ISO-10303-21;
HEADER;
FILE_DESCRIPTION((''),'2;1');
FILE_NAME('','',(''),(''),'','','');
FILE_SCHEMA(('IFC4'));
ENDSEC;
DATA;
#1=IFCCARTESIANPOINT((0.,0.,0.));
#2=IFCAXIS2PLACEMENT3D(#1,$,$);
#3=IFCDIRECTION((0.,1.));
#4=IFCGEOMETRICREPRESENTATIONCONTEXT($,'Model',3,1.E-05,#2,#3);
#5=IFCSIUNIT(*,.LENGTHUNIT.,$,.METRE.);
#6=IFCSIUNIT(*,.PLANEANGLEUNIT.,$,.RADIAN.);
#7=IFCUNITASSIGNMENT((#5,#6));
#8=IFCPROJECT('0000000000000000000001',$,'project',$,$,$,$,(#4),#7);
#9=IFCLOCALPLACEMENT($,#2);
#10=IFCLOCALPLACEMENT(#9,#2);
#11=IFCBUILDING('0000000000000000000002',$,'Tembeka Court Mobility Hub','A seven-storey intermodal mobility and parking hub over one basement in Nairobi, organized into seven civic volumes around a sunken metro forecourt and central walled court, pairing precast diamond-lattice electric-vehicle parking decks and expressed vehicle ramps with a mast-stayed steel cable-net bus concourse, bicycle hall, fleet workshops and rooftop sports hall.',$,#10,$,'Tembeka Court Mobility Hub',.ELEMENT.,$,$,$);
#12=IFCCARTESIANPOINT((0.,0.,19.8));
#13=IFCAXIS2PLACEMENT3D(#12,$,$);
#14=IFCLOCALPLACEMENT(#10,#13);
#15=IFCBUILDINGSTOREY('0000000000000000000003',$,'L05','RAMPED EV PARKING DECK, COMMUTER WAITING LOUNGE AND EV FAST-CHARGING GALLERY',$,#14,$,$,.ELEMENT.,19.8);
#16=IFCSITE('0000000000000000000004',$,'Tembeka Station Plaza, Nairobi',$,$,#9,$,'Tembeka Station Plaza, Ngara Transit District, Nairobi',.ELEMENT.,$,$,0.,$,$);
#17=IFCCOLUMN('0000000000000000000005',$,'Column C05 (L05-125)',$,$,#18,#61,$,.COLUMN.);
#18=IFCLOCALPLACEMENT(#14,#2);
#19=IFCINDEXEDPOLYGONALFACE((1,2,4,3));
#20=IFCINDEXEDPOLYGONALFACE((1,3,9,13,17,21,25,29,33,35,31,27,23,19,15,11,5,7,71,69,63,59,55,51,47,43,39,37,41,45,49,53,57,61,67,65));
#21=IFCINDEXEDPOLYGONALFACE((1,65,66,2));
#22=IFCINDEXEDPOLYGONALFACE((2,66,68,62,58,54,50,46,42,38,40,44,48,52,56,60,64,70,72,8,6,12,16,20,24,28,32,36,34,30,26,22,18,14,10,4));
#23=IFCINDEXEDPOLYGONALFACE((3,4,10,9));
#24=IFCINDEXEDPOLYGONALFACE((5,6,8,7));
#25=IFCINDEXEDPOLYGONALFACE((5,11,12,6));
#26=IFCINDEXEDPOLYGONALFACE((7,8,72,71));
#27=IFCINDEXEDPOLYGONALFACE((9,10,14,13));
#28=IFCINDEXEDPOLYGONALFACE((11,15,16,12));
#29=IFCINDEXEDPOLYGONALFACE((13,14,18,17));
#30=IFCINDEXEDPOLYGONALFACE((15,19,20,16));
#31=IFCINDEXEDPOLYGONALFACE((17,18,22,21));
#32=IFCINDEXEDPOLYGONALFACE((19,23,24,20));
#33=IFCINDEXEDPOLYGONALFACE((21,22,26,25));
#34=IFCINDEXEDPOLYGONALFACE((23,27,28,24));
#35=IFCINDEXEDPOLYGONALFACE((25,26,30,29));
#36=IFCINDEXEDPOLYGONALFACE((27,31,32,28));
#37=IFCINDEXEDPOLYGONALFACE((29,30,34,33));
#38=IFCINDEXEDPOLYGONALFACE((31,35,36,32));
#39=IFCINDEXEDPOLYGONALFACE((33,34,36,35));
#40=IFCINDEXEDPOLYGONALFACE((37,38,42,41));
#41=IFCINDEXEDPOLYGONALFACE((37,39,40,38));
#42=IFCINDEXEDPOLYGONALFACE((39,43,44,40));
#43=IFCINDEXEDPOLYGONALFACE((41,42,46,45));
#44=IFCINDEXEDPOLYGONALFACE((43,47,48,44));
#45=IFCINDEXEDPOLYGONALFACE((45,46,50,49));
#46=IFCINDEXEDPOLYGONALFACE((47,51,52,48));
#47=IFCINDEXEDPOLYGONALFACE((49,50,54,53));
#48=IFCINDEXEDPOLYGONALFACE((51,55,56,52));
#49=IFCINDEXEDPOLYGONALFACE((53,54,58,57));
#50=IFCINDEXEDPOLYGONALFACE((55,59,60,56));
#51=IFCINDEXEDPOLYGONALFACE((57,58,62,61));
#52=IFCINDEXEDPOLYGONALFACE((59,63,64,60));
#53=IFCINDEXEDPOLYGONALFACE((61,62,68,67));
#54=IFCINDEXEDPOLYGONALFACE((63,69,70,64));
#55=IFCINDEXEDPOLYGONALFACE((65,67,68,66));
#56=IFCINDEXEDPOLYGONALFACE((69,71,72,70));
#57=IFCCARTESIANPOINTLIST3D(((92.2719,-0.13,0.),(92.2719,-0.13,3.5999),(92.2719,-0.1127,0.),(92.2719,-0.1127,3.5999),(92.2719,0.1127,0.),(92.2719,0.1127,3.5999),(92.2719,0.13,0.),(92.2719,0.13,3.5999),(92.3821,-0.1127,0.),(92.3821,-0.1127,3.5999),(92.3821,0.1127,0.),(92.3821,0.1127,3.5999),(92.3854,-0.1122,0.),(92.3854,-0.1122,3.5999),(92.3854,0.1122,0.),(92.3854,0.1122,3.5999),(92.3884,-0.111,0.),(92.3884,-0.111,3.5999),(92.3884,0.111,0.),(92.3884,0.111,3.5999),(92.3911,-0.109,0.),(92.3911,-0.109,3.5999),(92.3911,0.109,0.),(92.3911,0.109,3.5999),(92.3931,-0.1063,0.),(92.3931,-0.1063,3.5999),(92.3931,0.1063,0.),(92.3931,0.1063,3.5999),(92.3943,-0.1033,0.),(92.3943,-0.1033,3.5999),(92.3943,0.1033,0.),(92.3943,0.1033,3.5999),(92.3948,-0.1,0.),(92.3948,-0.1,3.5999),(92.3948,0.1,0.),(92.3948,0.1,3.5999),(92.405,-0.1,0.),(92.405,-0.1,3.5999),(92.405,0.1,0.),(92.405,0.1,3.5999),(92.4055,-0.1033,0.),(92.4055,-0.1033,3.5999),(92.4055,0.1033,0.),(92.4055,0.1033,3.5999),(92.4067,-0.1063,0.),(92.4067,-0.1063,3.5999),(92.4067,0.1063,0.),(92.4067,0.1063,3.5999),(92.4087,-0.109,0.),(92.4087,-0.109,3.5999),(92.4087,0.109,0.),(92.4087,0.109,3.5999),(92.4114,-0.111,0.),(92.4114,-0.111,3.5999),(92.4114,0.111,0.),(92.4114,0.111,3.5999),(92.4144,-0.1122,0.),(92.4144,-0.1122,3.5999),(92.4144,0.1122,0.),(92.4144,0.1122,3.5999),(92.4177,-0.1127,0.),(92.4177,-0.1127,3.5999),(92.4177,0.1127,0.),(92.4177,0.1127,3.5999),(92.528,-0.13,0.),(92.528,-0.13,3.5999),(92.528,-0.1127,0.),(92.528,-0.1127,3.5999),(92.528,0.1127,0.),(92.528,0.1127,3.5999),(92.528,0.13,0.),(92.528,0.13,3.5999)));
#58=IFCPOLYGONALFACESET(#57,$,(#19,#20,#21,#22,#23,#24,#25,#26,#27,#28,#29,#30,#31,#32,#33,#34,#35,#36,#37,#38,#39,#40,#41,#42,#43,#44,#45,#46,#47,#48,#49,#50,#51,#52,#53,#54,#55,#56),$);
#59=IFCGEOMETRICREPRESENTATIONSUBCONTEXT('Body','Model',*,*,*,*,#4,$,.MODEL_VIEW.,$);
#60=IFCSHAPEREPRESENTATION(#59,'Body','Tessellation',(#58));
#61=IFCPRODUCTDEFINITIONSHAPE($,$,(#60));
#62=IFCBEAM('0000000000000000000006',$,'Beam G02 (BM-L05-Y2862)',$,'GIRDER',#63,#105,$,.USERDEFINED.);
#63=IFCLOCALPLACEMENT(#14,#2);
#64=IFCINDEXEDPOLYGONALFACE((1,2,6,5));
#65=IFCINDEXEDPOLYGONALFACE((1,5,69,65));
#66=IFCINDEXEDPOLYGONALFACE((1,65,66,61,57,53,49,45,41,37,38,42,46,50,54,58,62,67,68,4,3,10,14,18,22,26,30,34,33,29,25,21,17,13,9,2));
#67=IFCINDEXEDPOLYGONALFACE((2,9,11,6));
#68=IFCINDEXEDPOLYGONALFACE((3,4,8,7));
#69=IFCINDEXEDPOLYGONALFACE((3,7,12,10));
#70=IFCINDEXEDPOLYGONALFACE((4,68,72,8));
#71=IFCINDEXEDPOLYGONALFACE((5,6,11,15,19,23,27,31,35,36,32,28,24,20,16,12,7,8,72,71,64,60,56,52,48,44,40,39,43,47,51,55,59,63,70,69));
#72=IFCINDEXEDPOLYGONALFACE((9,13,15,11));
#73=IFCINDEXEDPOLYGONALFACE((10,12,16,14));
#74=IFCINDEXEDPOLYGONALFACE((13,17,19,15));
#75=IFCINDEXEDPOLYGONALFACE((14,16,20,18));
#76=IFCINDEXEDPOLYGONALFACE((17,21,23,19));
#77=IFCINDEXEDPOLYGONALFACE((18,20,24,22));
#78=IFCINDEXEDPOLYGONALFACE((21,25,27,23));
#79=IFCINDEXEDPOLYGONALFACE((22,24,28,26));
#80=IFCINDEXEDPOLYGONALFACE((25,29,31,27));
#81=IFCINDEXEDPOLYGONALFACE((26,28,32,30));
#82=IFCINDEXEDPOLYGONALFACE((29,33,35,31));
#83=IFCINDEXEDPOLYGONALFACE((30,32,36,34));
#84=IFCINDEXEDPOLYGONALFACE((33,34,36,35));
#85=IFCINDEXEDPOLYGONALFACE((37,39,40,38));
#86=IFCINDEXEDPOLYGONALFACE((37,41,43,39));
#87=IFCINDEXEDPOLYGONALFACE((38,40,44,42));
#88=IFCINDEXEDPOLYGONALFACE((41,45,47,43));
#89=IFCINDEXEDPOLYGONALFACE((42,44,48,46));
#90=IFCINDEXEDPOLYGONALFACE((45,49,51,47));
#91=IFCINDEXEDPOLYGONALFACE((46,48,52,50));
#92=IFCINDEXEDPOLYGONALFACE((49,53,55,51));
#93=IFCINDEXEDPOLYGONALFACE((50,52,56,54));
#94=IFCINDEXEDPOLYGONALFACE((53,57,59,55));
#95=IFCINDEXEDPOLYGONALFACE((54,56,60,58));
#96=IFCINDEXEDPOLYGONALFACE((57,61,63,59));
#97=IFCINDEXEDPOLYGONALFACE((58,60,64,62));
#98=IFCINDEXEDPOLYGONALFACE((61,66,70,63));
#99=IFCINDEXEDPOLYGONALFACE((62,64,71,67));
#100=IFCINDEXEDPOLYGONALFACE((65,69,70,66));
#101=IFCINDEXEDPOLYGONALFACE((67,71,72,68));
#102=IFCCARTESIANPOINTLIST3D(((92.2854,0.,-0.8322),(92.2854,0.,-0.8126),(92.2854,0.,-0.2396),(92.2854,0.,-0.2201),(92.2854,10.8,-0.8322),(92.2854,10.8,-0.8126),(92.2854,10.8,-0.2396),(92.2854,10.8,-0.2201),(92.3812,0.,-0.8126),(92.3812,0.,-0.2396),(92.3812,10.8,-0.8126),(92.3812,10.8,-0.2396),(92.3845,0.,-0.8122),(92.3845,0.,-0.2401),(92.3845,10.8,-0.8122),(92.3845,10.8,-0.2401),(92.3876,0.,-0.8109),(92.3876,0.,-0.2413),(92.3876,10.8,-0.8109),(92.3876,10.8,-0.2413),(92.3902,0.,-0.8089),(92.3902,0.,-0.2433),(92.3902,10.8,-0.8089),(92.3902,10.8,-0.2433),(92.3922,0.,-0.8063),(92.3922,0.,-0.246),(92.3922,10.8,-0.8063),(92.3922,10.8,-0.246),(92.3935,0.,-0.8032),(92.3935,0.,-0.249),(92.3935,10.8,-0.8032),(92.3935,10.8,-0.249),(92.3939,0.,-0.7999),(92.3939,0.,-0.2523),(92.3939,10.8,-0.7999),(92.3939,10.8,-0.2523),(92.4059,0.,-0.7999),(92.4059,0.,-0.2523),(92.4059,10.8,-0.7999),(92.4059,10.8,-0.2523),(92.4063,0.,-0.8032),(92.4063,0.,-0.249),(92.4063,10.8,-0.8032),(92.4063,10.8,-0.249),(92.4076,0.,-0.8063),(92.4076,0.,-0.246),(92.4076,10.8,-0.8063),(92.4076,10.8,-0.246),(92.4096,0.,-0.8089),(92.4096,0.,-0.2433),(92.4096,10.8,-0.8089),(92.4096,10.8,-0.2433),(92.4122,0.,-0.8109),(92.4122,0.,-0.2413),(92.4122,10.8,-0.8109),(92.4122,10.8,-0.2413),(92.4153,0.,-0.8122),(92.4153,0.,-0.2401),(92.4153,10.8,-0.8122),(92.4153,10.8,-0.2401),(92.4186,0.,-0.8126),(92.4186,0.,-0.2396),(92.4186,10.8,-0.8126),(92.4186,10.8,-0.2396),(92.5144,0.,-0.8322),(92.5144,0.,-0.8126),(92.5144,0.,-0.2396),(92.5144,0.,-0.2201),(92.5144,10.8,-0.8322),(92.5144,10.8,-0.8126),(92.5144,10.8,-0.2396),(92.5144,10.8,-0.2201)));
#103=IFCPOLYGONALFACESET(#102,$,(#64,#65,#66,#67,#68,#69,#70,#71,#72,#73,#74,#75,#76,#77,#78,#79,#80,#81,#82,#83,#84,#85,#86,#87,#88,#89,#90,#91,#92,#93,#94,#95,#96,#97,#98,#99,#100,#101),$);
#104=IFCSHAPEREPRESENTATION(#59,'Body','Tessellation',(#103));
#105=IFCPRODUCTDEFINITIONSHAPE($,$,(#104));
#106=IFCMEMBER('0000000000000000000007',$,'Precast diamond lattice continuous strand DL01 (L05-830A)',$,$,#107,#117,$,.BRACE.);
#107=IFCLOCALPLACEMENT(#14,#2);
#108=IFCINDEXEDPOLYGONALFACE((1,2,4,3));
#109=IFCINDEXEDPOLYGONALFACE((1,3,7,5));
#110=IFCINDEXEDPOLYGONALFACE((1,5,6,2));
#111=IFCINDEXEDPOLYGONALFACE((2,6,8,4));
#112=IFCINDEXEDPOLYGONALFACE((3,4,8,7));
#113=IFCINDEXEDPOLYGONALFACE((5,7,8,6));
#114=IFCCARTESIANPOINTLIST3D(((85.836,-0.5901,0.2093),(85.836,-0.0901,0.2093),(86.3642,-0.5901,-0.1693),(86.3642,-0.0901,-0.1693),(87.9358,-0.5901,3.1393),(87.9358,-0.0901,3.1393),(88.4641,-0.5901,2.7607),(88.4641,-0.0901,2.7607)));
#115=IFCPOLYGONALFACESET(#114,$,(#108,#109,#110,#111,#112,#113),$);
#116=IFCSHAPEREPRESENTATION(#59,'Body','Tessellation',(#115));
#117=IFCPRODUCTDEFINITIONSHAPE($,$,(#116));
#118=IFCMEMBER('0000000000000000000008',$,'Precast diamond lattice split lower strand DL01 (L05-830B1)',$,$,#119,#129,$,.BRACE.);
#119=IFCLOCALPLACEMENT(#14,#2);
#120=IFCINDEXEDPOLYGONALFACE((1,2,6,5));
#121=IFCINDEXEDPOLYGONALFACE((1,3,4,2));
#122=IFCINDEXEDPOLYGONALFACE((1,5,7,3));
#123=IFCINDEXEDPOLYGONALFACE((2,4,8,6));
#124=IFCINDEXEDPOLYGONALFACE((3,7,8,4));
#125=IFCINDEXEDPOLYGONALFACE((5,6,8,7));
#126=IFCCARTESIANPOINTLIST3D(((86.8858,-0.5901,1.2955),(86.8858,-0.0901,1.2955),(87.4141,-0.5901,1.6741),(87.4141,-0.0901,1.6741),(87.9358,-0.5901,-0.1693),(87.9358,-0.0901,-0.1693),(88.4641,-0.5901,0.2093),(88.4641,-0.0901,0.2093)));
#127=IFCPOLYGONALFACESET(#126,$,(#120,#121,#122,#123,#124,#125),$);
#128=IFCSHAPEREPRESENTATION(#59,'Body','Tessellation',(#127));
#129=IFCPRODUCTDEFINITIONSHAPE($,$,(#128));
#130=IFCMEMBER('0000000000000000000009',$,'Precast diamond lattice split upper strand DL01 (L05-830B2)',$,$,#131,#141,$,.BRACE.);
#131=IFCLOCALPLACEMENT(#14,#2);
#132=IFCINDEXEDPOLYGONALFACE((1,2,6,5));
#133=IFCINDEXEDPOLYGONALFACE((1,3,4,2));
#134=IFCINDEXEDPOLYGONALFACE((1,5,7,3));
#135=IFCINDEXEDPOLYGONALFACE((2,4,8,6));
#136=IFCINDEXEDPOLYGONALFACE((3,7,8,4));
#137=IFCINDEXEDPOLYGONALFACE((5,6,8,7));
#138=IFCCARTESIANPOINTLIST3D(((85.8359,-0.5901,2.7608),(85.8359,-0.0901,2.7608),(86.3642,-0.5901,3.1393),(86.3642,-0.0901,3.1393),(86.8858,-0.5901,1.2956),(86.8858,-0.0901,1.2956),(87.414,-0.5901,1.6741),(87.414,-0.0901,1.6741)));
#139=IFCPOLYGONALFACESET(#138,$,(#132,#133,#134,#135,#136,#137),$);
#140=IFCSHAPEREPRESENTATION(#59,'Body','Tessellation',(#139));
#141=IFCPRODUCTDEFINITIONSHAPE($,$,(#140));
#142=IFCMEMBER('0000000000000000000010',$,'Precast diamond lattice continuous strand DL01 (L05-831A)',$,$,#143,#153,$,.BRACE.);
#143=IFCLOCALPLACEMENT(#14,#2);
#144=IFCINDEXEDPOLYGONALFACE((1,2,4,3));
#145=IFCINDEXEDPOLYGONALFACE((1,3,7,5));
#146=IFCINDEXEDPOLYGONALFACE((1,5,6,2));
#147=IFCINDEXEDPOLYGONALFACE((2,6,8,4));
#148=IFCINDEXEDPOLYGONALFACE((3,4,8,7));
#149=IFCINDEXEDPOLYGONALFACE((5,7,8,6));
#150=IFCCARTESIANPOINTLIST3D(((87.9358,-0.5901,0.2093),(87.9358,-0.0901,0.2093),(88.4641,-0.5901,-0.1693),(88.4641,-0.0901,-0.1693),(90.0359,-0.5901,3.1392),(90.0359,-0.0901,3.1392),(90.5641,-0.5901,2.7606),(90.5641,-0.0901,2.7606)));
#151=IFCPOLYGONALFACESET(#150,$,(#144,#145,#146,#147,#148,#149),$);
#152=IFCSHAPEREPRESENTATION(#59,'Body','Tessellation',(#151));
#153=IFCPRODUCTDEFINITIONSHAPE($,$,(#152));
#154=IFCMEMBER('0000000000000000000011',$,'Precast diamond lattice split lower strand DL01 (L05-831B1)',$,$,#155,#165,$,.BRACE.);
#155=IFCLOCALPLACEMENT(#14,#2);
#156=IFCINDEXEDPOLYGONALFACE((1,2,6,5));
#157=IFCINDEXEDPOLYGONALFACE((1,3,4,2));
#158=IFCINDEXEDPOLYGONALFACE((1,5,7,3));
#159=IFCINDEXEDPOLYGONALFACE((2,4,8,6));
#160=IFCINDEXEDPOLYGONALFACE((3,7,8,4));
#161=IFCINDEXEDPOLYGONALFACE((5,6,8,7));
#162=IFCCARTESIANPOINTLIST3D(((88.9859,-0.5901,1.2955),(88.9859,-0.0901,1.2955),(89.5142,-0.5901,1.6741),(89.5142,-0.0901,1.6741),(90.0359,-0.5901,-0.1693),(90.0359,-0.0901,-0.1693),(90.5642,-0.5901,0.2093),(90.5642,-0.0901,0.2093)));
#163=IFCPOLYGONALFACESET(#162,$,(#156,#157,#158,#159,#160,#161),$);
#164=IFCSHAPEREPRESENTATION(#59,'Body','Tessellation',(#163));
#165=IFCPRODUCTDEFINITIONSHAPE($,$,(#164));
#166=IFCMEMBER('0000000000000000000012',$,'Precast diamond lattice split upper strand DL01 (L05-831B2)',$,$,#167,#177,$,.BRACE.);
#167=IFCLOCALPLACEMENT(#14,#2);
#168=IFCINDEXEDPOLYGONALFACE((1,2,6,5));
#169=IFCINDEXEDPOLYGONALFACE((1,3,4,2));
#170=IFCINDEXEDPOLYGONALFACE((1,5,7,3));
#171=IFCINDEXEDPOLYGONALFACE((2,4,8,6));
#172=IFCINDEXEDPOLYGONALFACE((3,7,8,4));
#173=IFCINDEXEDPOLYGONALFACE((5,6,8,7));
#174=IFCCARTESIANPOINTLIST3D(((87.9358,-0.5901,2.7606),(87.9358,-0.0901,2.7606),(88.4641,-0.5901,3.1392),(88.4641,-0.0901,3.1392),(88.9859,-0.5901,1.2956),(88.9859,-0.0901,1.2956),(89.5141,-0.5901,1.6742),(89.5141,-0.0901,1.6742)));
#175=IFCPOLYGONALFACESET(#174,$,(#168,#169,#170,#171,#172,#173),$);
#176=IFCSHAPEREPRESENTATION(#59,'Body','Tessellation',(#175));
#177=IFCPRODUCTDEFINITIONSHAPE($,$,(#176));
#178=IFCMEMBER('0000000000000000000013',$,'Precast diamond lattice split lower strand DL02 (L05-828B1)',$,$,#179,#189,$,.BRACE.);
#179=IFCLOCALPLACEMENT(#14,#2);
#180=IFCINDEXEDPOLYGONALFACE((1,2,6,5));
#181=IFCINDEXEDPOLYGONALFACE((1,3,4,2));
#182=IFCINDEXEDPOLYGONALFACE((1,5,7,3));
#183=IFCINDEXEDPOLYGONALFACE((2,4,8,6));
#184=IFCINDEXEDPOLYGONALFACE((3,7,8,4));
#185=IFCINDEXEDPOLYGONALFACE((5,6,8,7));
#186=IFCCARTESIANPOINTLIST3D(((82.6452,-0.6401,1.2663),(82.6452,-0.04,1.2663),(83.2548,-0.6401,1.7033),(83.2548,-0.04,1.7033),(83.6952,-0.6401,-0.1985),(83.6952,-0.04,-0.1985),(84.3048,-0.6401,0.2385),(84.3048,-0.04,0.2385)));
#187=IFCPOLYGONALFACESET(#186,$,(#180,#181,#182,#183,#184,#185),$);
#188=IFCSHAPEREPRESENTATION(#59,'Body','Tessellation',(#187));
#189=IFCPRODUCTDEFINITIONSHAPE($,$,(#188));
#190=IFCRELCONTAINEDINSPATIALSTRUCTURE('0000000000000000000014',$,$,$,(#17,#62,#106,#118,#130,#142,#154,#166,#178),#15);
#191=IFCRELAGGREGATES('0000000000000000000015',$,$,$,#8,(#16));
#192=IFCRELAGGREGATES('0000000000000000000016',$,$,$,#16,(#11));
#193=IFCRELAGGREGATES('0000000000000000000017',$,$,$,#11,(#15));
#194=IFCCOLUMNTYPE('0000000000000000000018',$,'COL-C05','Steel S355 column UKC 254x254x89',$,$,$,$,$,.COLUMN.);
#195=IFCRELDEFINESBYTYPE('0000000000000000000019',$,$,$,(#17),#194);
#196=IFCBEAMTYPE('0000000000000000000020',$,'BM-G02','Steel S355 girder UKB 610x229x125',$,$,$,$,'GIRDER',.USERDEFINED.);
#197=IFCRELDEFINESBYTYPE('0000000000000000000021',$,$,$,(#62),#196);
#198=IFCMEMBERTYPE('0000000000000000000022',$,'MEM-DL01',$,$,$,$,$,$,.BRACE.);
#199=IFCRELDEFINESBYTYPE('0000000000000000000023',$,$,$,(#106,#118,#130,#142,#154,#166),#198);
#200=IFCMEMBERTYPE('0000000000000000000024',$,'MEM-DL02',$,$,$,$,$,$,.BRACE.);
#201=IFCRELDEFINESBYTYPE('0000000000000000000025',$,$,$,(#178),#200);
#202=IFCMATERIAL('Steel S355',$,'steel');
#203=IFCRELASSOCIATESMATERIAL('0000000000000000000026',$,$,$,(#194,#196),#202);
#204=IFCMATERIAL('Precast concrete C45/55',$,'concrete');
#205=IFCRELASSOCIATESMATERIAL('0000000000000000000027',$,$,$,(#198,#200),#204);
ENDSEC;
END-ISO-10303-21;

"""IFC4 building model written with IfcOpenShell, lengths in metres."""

from ifc_helpers import new_model, si_unit, direction, frame, origin, origin_2d, place, context, subcontext, project, spatial, rectangle, i_section, extrude, material, material_profile, profile_set, type_object, element, save


model = new_model("IFC4")

# Units and contexts
model_context = context("Model", 3, precision=1e-05, world=origin(), true_north=direction((0.0, 1.0)))
body_context = subcontext(model_context, "Body", "Model", "MODEL_VIEW")
ifc_project = project(units=[si_unit("LENGTHUNIT", "METRE"), si_unit("PLANEANGLEUNIT", "RADIAN")], contexts=[model_context])

# Site, building, storey
site_placement = place(None, origin())
site = spatial("IfcSite", under=ifc_project, at=site_placement, Name="Tembeka Station Plaza, Nairobi", LongName="Tembeka Station Plaza, Ngara Transit District, Nairobi", CompositionType="ELEMENT", RefElevation=0.0)
building_placement = place(site_placement, origin())
building = spatial("IfcBuilding", under=site, at=building_placement, Name="Tembeka Court Mobility Hub", Description="A seven-storey intermodal mobility and parking hub over one basement in Nairobi, organized into seven civic volumes around a sunken metro forecourt and central walled court, pairing precast diamond-lattice electric-vehicle parking decks and expressed vehicle ramps with a mast-stayed steel cable-net bus concourse, bicycle hall, fleet workshops and rooftop sports hall.", LongName="Tembeka Court Mobility Hub", CompositionType="ELEMENT")
storey_placement = place(building_placement, frame((0.0, 0.0, 19.8)))
storey = spatial("IfcBuildingStorey", under=building, at=storey_placement, Name="L05", Description="RAMPED EV PARKING DECK, COMMUTER WAITING LOUNGE AND EV FAST-CHARGING GALLERY", CompositionType="ELEMENT", Elevation=19.8)

# Column
ifc_material_1 = material(Name="Steel S355", Category="steel")
ifc_material_profile_1 = material_profile(ifc_material_1, i_section(OverallWidth=0.2561, OverallDepth=0.26, WebThickness=0.0103, FlangeThickness=0.0173, FilletRadius=0.0127, at=origin_2d()), Name="UKC 254x254x89")
ifc_profile_set_1 = profile_set([ifc_material_profile_1], Name="Steel S355")
column_type = type_object("IfcColumnType", Name="COL-C05", Description="Steel S355 column UKC 254x254x89", PredefinedType="COLUMN", material=ifc_profile_set_1)
column_placement = place(storey_placement, frame((92.3999, 0.0, 0.0), z_axis=(0.0, 0.0, 1.0), x_axis=(1.0, 0.0, 0.0)))
element("IfcColumn", 1, at=column_placement, inside=storey, type_object=column_type, Name="Column C05 (L05-125)", PredefinedType="COLUMN", context=body_context, shape_type="SweptSolid", body=[
    extrude(i_section(OverallWidth=0.2561, OverallDepth=0.26, WebThickness=0.0103, FlangeThickness=0.0173, FilletRadius=0.0127, at=origin_2d()), origin(), (0.0, 0.0, 1.0), 3.5999),
])

# Beam
ifc_material_profile_2 = material_profile(ifc_material_1, i_section(OverallWidth=0.229, OverallDepth=0.6121, WebThickness=0.012, FlangeThickness=0.0195, FilletRadius=0.0127, at=origin_2d()), Name="UKB 610x229x125")
ifc_profile_set_2 = profile_set([ifc_material_profile_2], Name="Steel S355")
beam_type = type_object("IfcBeamType", Name="BM-G02", Description="Steel S355 girder UKB 610x229x125", ElementType="GIRDER", PredefinedType="USERDEFINED", material=ifc_profile_set_2)
beam_placement = place(storey_placement, frame((92.3999, 0.0, -0.5261), z_axis=(0.0, 1.0, 0.0), x_axis=(-1.0, 0.0, 0.0)))
element("IfcBeam", 2, at=beam_placement, inside=storey, type_object=beam_type, Name="Beam G02 (BM-L05-Y2862)", ObjectType="GIRDER", PredefinedType="USERDEFINED", context=body_context, shape_type="SweptSolid", body=[
    extrude(i_section(OverallWidth=0.229, OverallDepth=0.6121, WebThickness=0.012, FlangeThickness=0.0195, FilletRadius=0.0127, at=origin_2d()), origin(), (0.0, 0.0, 1.0), 10.8),
])

# Members
ifc_material_2 = material(Name="Precast concrete C45/55", Category="concrete")
ifc_material_profile_3 = material_profile(ifc_material_2, rectangle(XDim=0.5, YDim=0.6499, at=origin_2d()), Name="PC-DIAG 500x650")
ifc_profile_set_3 = profile_set([ifc_material_profile_3], Name="Precast concrete C45/55")
member_type_1 = type_object("IfcMemberType", Name="MEM-DL01", PredefinedType="BRACE", material=ifc_profile_set_3)
member_1_placement = place(storey_placement, frame((86.1001, -0.3401, 0.02), z_axis=(0.582532, 0.0, 0.812808), x_axis=(0.0, 1.0, 0.0)))
element("IfcMember", 3, at=member_1_placement, inside=storey, type_object=member_type_1, Name="Precast diamond lattice continuous strand DL01 (L05-830A)", PredefinedType="BRACE", context=body_context, shape_type="SweptSolid", body=[
    extrude(rectangle(XDim=0.5, YDim=0.6499, at=origin_2d()), origin(), (0.0, 0.0, 1.0), 3.6047),
])
member_2_placement = place(storey_placement, frame((88.2, -0.3401, 0.02), z_axis=(-0.582608, 0.0, 0.812753), x_axis=(0.0, -1.0, 0.0)))
element("IfcMember", 4, at=member_2_placement, inside=storey, type_object=member_type_1, Name="Precast diamond lattice split lower strand DL01 (L05-830B1)", PredefinedType="BRACE", context=body_context, shape_type="SweptSolid", body=[
    extrude(rectangle(XDim=0.5, YDim=0.6499, at=origin_2d()), origin(), (0.0, 0.0, 1.0), 1.8022),
])
member_3_placement = place(storey_placement, frame((87.1499, -0.3401, 1.4849), z_axis=(-0.582455, 0.0, 0.812863), x_axis=(0.0, -1.0, 0.0)))
element("IfcMember", 5, at=member_3_placement, inside=storey, type_object=member_type_1, Name="Precast diamond lattice split upper strand DL01 (L05-830B2)", PredefinedType="BRACE", context=body_context, shape_type="SweptSolid", body=[
    extrude(rectangle(XDim=0.5, YDim=0.6499, at=origin_2d()), origin(), (0.0, 0.0, 1.0), 1.8025),
])
member_4_placement = place(storey_placement, frame((88.2, -0.3401, 0.02), z_axis=(0.582576, 0.0, 0.812776), x_axis=(0.0, 1.0, 0.0)))
element("IfcMember", 6, at=member_4_placement, inside=storey, type_object=member_type_1, Name="Precast diamond lattice continuous strand DL01 (L05-831A)", PredefinedType="BRACE", context=body_context, shape_type="SweptSolid", body=[
    extrude(rectangle(XDim=0.5, YDim=0.6499, at=origin_2d()), origin(), (0.0, 0.0, 1.0), 3.6047),
])
member_5_placement = place(storey_placement, frame((90.3, -0.3401, 0.02), z_axis=(-0.582608, 0.0, 0.812753), x_axis=(0.0, -1.0, 0.0)))
element("IfcMember", 7, at=member_5_placement, inside=storey, type_object=member_type_1, Name="Precast diamond lattice split lower strand DL01 (L05-831B1)", PredefinedType="BRACE", context=body_context, shape_type="SweptSolid", body=[
    extrude(rectangle(XDim=0.5, YDim=0.6499, at=origin_2d()), origin(), (0.0, 0.0, 1.0), 1.8022),
])
member_6_placement = place(storey_placement, frame((89.25, -0.3401, 1.4849), z_axis=(-0.582544, 0.0, 0.812799), x_axis=(0.0, -1.0, 0.0)))
element("IfcMember", 8, at=member_6_placement, inside=storey, type_object=member_type_1, Name="Precast diamond lattice split upper strand DL01 (L05-831B2)", PredefinedType="BRACE", context=body_context, shape_type="SweptSolid", body=[
    extrude(rectangle(XDim=0.5, YDim=0.6499, at=origin_2d()), origin(), (0.0, 0.0, 1.0), 1.8025),
])
ifc_material_profile_4 = material_profile(ifc_material_2, rectangle(XDim=0.6001, YDim=0.75, at=origin_2d()), Name="PC-DIAG 600x750")
ifc_profile_set_4 = profile_set([ifc_material_profile_4], Name="Precast concrete C45/55")
member_type_2 = type_object("IfcMemberType", Name="MEM-DL02", PredefinedType="BRACE", material=ifc_profile_set_4)
member_7_placement = place(storey_placement, frame((84.0, -0.3401, 0.02), z_axis=(-0.582608, 0.0, 0.812753), x_axis=(0.0, -1.0, 0.0)))
element("IfcMember", 9, at=member_7_placement, inside=storey, type_object=member_type_2, Name="Precast diamond lattice split lower strand DL02 (L05-828B1)", PredefinedType="BRACE", context=body_context, shape_type="SweptSolid", body=[
    extrude(rectangle(XDim=0.6001, YDim=0.75, at=origin_2d()), origin(), (0.0, 0.0, 1.0), 1.8022),
])

save(model, "model.ifc")
